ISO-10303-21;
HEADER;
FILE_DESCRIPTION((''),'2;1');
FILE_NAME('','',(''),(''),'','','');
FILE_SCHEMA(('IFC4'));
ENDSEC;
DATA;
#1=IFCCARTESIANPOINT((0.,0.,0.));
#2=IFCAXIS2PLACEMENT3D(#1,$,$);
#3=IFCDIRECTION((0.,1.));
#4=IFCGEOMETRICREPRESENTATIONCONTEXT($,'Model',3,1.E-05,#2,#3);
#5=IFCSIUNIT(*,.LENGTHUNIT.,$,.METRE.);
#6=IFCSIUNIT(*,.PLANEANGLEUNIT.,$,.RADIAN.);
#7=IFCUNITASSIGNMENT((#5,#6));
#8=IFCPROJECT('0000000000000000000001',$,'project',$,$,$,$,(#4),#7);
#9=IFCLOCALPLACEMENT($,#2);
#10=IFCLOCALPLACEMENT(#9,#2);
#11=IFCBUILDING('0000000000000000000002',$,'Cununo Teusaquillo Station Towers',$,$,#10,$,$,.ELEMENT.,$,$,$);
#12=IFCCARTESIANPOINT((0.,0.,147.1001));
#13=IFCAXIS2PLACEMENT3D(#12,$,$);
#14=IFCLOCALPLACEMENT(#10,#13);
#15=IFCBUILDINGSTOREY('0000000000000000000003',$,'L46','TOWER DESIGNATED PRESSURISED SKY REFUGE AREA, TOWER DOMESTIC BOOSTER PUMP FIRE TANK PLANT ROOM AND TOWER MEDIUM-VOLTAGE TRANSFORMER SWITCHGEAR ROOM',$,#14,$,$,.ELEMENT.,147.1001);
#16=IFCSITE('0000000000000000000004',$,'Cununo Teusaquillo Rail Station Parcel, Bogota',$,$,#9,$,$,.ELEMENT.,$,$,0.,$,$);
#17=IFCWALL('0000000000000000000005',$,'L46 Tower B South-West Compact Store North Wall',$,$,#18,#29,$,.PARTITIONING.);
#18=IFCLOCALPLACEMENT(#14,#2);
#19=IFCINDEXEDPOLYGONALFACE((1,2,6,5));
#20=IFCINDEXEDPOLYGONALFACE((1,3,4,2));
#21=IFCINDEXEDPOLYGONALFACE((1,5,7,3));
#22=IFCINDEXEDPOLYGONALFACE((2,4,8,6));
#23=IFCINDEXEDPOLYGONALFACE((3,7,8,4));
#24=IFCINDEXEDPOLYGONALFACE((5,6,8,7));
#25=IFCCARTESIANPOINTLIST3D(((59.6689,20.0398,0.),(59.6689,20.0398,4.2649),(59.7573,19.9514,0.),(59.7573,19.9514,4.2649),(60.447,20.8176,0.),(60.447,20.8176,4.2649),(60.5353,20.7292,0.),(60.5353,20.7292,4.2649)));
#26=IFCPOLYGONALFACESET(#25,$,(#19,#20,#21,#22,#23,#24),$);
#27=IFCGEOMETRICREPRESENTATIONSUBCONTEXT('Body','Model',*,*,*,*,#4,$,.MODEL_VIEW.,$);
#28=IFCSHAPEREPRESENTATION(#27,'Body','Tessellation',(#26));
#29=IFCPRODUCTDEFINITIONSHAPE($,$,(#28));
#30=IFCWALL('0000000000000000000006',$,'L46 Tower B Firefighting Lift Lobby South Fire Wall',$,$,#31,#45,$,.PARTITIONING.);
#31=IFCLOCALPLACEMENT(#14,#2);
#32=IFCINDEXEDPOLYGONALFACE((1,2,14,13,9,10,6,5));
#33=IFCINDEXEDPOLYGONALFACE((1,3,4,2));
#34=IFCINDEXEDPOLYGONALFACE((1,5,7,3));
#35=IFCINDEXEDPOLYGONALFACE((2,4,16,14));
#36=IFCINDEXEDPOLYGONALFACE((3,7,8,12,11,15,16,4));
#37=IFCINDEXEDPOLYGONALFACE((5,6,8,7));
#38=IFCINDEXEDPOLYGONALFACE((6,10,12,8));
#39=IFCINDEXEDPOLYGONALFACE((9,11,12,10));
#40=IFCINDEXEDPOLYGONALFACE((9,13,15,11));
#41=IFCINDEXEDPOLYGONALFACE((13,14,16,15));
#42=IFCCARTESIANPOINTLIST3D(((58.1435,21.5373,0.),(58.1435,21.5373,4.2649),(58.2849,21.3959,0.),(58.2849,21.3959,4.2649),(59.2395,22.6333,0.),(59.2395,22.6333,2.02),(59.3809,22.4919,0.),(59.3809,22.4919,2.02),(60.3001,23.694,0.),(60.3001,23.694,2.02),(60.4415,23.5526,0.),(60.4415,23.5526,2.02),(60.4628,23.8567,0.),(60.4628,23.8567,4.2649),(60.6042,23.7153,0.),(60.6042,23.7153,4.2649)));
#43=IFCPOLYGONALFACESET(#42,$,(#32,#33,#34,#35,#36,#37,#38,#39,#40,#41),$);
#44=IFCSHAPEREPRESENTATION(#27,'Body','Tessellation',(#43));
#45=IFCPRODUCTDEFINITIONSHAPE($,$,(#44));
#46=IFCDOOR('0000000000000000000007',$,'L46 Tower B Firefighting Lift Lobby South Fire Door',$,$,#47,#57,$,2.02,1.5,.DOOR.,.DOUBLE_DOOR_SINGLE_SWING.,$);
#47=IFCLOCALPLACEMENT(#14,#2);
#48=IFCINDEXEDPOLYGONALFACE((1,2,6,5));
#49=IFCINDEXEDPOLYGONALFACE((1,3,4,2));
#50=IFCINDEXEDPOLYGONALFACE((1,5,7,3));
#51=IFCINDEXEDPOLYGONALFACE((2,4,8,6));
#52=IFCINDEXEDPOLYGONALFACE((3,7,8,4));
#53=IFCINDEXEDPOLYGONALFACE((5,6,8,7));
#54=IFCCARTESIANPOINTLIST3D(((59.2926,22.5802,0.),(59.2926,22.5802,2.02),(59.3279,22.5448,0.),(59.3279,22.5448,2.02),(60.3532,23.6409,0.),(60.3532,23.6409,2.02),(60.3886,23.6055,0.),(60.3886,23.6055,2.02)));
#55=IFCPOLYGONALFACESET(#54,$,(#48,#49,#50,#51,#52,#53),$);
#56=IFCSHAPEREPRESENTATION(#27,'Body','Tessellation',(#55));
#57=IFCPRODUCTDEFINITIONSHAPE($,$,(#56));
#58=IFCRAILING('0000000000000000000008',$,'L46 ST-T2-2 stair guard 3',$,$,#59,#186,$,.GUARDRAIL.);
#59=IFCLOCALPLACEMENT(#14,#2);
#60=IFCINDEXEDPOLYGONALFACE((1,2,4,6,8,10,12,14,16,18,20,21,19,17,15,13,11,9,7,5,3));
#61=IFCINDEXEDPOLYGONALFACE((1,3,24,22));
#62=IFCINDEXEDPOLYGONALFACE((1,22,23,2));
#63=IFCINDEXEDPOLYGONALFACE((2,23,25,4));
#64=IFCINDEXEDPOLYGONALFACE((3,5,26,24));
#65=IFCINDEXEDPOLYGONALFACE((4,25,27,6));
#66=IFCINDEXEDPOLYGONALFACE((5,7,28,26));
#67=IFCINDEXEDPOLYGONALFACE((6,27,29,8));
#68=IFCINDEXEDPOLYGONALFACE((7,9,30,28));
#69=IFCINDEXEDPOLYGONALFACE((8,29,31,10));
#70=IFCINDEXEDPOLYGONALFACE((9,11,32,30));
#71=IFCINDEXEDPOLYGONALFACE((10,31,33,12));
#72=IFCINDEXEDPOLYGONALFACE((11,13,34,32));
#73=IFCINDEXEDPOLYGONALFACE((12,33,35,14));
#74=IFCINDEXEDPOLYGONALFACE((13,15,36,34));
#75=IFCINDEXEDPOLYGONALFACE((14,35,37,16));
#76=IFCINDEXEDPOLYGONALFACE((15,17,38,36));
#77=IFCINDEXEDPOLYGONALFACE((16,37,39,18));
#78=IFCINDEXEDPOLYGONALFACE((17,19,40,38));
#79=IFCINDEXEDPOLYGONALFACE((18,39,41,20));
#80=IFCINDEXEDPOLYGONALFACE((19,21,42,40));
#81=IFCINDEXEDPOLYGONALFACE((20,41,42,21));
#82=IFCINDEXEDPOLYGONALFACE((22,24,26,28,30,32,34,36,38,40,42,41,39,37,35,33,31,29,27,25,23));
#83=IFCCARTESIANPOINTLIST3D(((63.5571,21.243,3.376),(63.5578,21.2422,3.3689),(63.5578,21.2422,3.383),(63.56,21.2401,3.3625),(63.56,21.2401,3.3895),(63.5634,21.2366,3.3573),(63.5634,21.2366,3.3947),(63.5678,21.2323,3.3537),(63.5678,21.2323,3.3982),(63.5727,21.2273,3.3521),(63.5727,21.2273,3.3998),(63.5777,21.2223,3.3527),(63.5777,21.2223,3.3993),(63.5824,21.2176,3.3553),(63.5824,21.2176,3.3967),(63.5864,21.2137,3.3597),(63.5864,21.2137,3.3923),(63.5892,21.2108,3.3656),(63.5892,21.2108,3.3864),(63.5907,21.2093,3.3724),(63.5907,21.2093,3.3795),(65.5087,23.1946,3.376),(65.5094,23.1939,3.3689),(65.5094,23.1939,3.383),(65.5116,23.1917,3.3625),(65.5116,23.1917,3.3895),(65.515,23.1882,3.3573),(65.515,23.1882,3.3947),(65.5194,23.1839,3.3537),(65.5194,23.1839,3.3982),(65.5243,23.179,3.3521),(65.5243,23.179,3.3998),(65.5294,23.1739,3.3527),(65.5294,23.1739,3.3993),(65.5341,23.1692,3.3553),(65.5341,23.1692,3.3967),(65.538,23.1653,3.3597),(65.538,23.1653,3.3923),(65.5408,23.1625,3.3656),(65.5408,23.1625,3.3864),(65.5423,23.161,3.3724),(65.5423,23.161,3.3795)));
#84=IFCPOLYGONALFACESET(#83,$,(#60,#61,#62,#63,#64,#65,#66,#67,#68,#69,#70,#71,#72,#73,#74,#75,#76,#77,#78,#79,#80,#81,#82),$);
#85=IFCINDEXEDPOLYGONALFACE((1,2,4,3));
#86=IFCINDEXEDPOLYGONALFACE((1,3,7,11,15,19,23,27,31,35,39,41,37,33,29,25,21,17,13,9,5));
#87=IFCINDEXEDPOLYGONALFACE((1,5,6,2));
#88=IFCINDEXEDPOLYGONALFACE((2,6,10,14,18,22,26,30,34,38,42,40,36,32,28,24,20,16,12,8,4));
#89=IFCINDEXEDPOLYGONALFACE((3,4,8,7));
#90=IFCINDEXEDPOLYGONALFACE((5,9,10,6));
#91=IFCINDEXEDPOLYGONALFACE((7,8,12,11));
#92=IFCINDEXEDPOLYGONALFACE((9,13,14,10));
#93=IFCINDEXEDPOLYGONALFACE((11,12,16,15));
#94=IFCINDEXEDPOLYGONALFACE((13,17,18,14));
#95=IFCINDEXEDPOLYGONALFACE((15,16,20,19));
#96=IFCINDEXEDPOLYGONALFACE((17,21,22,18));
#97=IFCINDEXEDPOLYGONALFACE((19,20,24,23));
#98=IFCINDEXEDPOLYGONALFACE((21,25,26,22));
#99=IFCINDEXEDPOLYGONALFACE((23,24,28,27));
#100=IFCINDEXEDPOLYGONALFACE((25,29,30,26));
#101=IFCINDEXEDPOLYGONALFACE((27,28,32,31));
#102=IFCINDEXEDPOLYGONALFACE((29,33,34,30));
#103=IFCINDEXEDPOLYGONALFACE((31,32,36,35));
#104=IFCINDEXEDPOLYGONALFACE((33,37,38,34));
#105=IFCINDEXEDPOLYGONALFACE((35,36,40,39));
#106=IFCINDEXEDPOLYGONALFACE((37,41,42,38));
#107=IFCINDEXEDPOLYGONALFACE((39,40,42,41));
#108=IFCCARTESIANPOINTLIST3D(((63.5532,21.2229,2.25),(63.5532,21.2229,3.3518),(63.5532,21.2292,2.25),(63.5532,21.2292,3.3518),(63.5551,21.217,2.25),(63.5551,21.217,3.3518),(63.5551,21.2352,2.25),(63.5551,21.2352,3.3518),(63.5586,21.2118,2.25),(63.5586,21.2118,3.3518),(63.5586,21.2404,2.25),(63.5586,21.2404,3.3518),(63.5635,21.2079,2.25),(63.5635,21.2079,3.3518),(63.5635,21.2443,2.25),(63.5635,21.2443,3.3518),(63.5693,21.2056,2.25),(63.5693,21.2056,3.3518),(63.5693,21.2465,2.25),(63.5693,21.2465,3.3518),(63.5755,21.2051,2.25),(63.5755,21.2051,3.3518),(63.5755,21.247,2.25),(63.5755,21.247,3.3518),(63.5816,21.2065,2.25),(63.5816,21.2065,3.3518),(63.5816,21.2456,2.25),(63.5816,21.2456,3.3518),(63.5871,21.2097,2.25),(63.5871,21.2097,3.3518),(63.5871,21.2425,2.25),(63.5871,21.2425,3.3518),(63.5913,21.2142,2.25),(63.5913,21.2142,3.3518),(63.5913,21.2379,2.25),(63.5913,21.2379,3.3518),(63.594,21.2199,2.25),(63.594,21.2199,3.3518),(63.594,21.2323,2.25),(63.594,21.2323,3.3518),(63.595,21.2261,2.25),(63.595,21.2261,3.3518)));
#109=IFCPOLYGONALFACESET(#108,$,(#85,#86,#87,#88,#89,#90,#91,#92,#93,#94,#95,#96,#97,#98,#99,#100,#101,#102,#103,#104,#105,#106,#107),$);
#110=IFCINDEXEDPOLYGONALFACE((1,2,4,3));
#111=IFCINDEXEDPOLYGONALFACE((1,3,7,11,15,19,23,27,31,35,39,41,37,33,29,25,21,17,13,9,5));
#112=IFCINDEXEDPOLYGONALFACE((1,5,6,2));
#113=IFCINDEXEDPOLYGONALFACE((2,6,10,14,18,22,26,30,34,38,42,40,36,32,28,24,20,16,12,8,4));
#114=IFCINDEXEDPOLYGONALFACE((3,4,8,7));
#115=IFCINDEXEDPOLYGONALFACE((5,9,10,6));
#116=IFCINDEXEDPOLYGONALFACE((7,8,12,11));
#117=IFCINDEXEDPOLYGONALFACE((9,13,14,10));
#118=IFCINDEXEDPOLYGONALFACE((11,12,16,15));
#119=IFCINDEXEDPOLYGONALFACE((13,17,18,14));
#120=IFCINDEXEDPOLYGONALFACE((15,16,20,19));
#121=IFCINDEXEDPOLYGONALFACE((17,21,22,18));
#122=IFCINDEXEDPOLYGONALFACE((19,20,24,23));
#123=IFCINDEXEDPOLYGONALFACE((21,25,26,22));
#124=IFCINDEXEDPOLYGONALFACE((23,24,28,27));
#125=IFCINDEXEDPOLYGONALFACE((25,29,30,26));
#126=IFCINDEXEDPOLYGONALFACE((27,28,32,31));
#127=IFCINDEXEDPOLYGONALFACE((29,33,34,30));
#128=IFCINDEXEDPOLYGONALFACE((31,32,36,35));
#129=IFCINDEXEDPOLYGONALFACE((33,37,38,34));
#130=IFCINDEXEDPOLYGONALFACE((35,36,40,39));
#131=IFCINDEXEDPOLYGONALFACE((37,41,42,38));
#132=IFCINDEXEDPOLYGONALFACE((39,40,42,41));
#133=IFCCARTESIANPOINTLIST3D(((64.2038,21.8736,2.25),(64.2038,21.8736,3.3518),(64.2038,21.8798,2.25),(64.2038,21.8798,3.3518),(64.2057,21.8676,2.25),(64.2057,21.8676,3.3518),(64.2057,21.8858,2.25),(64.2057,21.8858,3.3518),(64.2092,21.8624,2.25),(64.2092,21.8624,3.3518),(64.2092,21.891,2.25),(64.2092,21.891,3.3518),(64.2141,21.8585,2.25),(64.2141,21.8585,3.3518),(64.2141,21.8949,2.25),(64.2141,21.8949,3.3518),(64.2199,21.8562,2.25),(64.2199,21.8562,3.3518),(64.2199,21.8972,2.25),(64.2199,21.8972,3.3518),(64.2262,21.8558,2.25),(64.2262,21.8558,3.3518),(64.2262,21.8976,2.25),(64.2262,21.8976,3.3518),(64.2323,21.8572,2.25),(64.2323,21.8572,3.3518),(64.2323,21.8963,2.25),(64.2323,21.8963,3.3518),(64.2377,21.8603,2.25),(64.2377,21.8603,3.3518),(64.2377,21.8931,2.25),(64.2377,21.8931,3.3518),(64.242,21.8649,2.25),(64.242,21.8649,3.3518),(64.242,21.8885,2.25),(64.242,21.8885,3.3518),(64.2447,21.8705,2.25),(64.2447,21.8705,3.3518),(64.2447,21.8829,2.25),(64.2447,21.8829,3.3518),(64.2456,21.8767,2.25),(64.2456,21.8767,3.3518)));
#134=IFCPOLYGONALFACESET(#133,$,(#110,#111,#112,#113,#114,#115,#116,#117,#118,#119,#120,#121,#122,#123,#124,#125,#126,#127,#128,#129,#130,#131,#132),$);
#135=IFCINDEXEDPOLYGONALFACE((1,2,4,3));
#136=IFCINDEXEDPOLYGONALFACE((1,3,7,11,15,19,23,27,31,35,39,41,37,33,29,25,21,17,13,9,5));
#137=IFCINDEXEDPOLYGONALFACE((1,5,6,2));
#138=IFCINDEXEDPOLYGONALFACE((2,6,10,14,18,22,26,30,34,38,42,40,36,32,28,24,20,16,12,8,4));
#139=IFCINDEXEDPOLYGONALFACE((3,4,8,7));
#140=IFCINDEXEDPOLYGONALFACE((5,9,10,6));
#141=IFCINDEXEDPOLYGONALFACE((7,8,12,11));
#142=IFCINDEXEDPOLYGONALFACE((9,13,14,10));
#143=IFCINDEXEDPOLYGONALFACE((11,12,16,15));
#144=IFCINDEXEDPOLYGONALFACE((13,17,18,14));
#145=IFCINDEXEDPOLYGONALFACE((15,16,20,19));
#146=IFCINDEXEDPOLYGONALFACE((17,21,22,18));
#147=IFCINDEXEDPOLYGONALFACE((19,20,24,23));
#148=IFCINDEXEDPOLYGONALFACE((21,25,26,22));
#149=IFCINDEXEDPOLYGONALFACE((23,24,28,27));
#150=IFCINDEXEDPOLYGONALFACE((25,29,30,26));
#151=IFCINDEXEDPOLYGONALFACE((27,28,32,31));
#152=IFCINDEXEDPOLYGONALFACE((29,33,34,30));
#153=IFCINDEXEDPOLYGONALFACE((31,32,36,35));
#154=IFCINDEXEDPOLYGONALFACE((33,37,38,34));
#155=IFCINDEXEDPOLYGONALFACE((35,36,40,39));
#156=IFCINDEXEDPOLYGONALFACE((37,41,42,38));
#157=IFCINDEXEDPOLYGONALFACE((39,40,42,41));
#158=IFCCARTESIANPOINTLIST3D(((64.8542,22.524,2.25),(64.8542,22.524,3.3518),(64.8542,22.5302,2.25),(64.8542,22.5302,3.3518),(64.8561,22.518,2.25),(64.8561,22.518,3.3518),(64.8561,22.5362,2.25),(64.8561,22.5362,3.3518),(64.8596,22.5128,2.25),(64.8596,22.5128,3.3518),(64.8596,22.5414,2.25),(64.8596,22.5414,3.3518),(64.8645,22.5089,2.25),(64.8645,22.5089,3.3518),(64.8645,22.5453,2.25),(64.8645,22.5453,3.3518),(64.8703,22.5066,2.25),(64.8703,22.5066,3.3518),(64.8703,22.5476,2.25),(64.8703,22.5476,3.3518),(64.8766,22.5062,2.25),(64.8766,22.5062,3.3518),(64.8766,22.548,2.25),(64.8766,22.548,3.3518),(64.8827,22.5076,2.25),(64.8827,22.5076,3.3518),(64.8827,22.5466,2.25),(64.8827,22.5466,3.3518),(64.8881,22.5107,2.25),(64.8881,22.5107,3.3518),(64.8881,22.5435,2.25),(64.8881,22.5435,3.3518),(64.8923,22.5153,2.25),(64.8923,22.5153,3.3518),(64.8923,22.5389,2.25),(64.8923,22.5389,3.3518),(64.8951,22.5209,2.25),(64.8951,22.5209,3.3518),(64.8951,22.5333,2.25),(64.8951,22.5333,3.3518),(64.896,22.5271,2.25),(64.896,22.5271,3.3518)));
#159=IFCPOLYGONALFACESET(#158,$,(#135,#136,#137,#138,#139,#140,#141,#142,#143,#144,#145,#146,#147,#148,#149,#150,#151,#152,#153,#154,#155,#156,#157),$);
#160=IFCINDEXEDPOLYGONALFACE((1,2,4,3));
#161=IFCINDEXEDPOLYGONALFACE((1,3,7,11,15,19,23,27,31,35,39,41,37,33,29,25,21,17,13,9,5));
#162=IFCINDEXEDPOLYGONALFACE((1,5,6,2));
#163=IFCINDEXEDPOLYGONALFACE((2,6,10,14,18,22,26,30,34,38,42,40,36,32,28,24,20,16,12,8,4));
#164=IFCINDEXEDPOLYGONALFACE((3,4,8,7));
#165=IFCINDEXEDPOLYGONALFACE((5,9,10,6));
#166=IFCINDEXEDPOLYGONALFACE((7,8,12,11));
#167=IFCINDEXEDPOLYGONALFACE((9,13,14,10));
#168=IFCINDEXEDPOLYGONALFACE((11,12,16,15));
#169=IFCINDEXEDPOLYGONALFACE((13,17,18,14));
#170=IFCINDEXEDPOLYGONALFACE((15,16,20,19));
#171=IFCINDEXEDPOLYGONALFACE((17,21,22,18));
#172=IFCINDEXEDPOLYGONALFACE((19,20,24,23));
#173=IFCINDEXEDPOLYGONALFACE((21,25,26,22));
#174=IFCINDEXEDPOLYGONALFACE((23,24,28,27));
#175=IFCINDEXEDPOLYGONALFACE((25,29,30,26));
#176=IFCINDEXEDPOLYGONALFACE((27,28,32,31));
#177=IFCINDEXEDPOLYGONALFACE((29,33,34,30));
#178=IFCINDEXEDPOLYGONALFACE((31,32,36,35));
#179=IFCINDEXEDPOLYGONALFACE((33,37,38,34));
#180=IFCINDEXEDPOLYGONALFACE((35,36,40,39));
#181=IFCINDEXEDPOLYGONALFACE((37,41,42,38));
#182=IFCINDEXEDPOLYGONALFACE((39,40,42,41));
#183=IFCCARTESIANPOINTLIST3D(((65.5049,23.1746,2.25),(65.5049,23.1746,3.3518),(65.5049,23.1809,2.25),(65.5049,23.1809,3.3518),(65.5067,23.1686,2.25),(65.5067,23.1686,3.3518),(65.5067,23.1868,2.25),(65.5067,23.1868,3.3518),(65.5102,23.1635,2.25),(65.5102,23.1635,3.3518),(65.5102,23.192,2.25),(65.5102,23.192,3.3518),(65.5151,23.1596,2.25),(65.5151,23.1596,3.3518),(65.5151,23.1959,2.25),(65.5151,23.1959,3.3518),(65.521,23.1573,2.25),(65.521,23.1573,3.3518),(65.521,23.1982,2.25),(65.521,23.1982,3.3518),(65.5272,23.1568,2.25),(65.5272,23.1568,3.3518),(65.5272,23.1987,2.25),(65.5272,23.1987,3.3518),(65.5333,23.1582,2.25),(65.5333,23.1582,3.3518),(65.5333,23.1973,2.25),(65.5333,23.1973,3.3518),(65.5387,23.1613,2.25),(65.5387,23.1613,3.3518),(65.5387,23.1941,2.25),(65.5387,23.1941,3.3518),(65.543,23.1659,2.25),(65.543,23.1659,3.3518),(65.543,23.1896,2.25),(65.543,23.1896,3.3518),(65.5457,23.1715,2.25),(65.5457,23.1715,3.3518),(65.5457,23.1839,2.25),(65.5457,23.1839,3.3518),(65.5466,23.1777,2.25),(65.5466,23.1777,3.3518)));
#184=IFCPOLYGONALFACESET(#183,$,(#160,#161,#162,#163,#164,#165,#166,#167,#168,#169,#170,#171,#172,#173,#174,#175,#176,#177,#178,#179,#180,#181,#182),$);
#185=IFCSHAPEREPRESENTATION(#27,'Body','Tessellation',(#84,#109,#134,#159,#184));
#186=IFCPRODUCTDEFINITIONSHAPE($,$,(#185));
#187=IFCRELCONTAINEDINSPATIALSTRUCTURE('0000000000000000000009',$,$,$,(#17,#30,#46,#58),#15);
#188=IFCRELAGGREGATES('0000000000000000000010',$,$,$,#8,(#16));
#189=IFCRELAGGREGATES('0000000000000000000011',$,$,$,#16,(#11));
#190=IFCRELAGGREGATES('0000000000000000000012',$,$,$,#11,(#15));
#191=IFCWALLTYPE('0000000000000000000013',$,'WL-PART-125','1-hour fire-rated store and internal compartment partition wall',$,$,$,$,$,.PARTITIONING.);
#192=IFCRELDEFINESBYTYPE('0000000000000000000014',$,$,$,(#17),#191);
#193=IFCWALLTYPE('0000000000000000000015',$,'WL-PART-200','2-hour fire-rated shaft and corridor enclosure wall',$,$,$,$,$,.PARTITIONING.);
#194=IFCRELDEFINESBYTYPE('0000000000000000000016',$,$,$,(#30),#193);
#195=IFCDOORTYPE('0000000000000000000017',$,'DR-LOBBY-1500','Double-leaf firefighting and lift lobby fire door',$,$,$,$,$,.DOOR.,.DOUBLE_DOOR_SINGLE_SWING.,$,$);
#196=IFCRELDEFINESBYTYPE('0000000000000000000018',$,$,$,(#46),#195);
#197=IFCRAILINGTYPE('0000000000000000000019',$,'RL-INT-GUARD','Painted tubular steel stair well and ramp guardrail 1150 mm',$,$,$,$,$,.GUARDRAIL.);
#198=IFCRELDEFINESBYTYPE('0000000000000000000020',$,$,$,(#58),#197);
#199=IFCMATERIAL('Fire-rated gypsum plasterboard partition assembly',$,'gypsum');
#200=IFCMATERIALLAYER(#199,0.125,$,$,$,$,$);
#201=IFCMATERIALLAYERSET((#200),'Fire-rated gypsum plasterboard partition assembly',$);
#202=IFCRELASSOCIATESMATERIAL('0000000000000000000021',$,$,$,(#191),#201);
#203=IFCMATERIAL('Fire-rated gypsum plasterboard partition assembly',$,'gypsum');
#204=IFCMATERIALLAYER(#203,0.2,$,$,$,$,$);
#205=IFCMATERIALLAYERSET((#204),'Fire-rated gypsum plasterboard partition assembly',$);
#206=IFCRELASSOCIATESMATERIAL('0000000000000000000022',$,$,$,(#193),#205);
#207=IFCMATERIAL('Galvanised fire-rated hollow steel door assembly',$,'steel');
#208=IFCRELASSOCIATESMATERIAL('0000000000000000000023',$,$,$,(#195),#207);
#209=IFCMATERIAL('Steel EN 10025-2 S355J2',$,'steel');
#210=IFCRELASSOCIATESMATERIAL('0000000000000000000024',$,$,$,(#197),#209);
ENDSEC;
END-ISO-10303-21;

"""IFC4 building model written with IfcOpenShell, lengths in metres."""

from ifc_helpers import new_model, si_unit, direction, frame, frame_2d, origin, origin_2d, place, context, subcontext, project, spatial, rectangle, circle, extrude, source, transform, mapped, material, layer, layer_set, type_object, element, fill, save


model = new_model("IFC4")

# Units and contexts
model_context = context("Model", 3, precision=1e-05, world=origin(), true_north=direction((0.0, 1.0)))
body_context = subcontext(model_context, "Body", "Model", "MODEL_VIEW")
ifc_project = project(units=[si_unit("LENGTHUNIT", "METRE"), si_unit("PLANEANGLEUNIT", "RADIAN")], contexts=[model_context])

# Site, building, storey
site_placement = place(None, origin())
site = spatial("IfcSite", under=ifc_project, at=site_placement, Name="Cununo Teusaquillo Rail Station Parcel, Bogota", CompositionType="ELEMENT", RefElevation=0.0)
building_placement = place(site_placement, origin())
building = spatial("IfcBuilding", under=site, at=building_placement, Name="Cununo Teusaquillo Station Towers", CompositionType="ELEMENT")
storey_placement = place(building_placement, frame((0.0, 0.0, 147.1001)))
storey = spatial("IfcBuildingStorey", under=building, at=storey_placement, Name="L46", Description="TOWER DESIGNATED PRESSURISED SKY REFUGE AREA, TOWER DOMESTIC BOOSTER PUMP FIRE TANK PLANT ROOM AND TOWER MEDIUM-VOLTAGE TRANSFORMER SWITCHGEAR ROOM", CompositionType="ELEMENT", Elevation=147.1001)

# Shared definitions
ifc_material_1 = material(Name="Fire-rated gypsum plasterboard partition assembly", Category="gypsum")
ifc_layer_1 = layer(ifc_material_1, 0.125)
ifc_layer_set_1 = layer_set([ifc_layer_1], Name="Fire-rated gypsum plasterboard partition assembly")
wall_type_1 = type_object("IfcWallType", Name="WL-PART-125", Description="1-hour fire-rated store and internal compartment partition wall", PredefinedType="PARTITIONING", material=ifc_layer_set_1)

# Wall
wall_1_placement = place(storey_placement, frame((59.7131, 19.9956, 0.0), z_axis=(0.0, 0.0, 1.0), x_axis=(0.707218, 0.706996, 0.0)))
element("IfcWall", 1, at=wall_1_placement, inside=storey, type_object=wall_type_1, Name="L46 Tower B South-West Compact Store North Wall", PredefinedType="PARTITIONING", context=body_context, shape_type="SweptSolid", body=[
    extrude(rectangle(XDim=1.1001, YDim=0.125, at=frame_2d((0.55, 0.0))), origin(), (0.0, 0.0, 1.0), 4.2649),
])

# Wall, opening, door
ifc_material_2 = material(Name="Fire-rated gypsum plasterboard partition assembly", Category="gypsum")
ifc_layer_2 = layer(ifc_material_2, 0.2)
ifc_layer_set_2 = layer_set([ifc_layer_2], Name="Fire-rated gypsum plasterboard partition assembly")
wall_type_2 = type_object("IfcWallType", Name="WL-PART-200", Description="2-hour fire-rated shaft and corridor enclosure wall", PredefinedType="PARTITIONING", material=ifc_layer_set_2)
wall_2_placement = place(storey_placement, frame((58.2141, 21.4666, 0.0), z_axis=(0.0, 0.0, 1.0), x_axis=(0.707107, 0.707107, 0.0)))
wall_2 = element("IfcWall", 2, at=wall_2_placement, inside=storey, type_object=wall_type_2, Name="L46 Tower B Firefighting Lift Lobby South Fire Wall", PredefinedType="PARTITIONING", context=body_context, shape_type="SweptSolid", body=[
    extrude(rectangle(XDim=3.28, YDim=0.2, at=frame_2d((1.6401, 0.0))), origin(), (0.0, 0.0, 1.0), 4.2649),
])
shared_shape_1 = source(origin(), body_context, "Body", "SweptSolid", [
    extrude(rectangle(XDim=1.5, YDim=2.02, at=frame_2d((0.75, 1.01))), frame((0.0, 0.1099, 0.0), z_axis=(0.0, -1.0, 0.0), x_axis=(1.0, 0.0, 0.0)), (0.0, 0.0, 1.0), 0.22),
])
opening_1_placement = place(wall_2_placement, frame((1.55, 0.0, 0.0)))
opening_1 = element("IfcOpeningElement", 3, at=opening_1_placement, cuts=wall_2, PredefinedType="OPENING", context=body_context, shape_type="MappedRepresentation", body=[
    mapped(shared_shape_1, transform((0.0, 0.0, 0.0), x_axis=(1.0, 0.0, 0.0), y_axis=(0.0, 1.0, 0.0), z_axis=(0.0, 0.0, 1.0), scale=1.0)),
])
ifc_material_3 = material(Name="Galvanised fire-rated hollow steel door assembly", Category="steel")
door_type_1 = type_object("IfcDoorType", Name="DR-LOBBY-1500", Description="Double-leaf firefighting and lift lobby fire door", OperationType="DOUBLE_DOOR_SINGLE_SWING", PredefinedType="DOOR", material=ifc_material_3)
shared_shape_2 = source(origin(), body_context, "Body", "SweptSolid", [
    extrude(rectangle(XDim=1.5, YDim=2.02, at=frame_2d((0.75, 1.01))), frame((0.0, 0.0249, 0.0), z_axis=(0.0, -1.0, 0.0), x_axis=(1.0, 0.0, 0.0)), (0.0, 0.0, 1.0), 0.05),
])
door_1_placement = place(opening_1_placement, origin())
door_1 = element("IfcDoor", 4, at=door_1_placement, inside=storey, type_object=door_type_1, Name="L46 Tower B Firefighting Lift Lobby South Fire Door", OperationType="DOUBLE_DOOR_SINGLE_SWING", OverallHeight=2.02, OverallWidth=1.5, PredefinedType="DOOR", context=body_context, shape_type="MappedRepresentation", body=[
    mapped(shared_shape_2, transform((0.0, 0.0, 0.0), x_axis=(1.0, 0.0, 0.0), y_axis=(0.0, 1.0, 0.0), z_axis=(0.0, 0.0, 1.0), scale=1.0)),
])
fill(opening_1, door_1)

# Railing
ifc_material_4 = material(Name="Steel EN 10025-2 S355J2", Category="steel")
railing_type = type_object("IfcRailingType", Name="RL-INT-GUARD", Description="Painted tubular steel stair well and ramp guardrail 1150 mm", PredefinedType="GUARDRAIL", material=ifc_material_4)
railing_1_placement = place(storey_placement, frame((63.574, 21.2261, 2.25)))
element("IfcRailing", 5, at=railing_1_placement, inside=storey, type_object=railing_type, Name="L46 ST-T2-2 stair guard 3", PredefinedType="GUARDRAIL", context=body_context, shape_type="SweptSolid", body=[
    extrude(circle(Radius=0.0239, at=origin_2d()), frame((0.0, 0.0, 1.126), z_axis=(0.707107, 0.707107, 0.0), x_axis=(-0.707107, 0.707107, 0.0)), (0.0, 0.0, 1.0), 2.76),
    extrude(circle(Radius=0.021, at=origin_2d()), origin(), (0.0, 0.0, 1.0), 1.1018),
    extrude(circle(Radius=0.021, at=origin_2d()), frame((0.6506, 0.6506, 0.0)), (0.0, 0.0, 1.0), 1.1018),
    extrude(circle(Radius=0.021, at=origin_2d()), frame((1.301, 1.301, 0.0)), (0.0, 0.0, 1.0), 1.1018),
    extrude(circle(Radius=0.021, at=origin_2d()), frame((1.9517, 1.9517, 0.0)), (0.0, 0.0, 1.0), 1.1018),
])

save(model, "model.ifc")
